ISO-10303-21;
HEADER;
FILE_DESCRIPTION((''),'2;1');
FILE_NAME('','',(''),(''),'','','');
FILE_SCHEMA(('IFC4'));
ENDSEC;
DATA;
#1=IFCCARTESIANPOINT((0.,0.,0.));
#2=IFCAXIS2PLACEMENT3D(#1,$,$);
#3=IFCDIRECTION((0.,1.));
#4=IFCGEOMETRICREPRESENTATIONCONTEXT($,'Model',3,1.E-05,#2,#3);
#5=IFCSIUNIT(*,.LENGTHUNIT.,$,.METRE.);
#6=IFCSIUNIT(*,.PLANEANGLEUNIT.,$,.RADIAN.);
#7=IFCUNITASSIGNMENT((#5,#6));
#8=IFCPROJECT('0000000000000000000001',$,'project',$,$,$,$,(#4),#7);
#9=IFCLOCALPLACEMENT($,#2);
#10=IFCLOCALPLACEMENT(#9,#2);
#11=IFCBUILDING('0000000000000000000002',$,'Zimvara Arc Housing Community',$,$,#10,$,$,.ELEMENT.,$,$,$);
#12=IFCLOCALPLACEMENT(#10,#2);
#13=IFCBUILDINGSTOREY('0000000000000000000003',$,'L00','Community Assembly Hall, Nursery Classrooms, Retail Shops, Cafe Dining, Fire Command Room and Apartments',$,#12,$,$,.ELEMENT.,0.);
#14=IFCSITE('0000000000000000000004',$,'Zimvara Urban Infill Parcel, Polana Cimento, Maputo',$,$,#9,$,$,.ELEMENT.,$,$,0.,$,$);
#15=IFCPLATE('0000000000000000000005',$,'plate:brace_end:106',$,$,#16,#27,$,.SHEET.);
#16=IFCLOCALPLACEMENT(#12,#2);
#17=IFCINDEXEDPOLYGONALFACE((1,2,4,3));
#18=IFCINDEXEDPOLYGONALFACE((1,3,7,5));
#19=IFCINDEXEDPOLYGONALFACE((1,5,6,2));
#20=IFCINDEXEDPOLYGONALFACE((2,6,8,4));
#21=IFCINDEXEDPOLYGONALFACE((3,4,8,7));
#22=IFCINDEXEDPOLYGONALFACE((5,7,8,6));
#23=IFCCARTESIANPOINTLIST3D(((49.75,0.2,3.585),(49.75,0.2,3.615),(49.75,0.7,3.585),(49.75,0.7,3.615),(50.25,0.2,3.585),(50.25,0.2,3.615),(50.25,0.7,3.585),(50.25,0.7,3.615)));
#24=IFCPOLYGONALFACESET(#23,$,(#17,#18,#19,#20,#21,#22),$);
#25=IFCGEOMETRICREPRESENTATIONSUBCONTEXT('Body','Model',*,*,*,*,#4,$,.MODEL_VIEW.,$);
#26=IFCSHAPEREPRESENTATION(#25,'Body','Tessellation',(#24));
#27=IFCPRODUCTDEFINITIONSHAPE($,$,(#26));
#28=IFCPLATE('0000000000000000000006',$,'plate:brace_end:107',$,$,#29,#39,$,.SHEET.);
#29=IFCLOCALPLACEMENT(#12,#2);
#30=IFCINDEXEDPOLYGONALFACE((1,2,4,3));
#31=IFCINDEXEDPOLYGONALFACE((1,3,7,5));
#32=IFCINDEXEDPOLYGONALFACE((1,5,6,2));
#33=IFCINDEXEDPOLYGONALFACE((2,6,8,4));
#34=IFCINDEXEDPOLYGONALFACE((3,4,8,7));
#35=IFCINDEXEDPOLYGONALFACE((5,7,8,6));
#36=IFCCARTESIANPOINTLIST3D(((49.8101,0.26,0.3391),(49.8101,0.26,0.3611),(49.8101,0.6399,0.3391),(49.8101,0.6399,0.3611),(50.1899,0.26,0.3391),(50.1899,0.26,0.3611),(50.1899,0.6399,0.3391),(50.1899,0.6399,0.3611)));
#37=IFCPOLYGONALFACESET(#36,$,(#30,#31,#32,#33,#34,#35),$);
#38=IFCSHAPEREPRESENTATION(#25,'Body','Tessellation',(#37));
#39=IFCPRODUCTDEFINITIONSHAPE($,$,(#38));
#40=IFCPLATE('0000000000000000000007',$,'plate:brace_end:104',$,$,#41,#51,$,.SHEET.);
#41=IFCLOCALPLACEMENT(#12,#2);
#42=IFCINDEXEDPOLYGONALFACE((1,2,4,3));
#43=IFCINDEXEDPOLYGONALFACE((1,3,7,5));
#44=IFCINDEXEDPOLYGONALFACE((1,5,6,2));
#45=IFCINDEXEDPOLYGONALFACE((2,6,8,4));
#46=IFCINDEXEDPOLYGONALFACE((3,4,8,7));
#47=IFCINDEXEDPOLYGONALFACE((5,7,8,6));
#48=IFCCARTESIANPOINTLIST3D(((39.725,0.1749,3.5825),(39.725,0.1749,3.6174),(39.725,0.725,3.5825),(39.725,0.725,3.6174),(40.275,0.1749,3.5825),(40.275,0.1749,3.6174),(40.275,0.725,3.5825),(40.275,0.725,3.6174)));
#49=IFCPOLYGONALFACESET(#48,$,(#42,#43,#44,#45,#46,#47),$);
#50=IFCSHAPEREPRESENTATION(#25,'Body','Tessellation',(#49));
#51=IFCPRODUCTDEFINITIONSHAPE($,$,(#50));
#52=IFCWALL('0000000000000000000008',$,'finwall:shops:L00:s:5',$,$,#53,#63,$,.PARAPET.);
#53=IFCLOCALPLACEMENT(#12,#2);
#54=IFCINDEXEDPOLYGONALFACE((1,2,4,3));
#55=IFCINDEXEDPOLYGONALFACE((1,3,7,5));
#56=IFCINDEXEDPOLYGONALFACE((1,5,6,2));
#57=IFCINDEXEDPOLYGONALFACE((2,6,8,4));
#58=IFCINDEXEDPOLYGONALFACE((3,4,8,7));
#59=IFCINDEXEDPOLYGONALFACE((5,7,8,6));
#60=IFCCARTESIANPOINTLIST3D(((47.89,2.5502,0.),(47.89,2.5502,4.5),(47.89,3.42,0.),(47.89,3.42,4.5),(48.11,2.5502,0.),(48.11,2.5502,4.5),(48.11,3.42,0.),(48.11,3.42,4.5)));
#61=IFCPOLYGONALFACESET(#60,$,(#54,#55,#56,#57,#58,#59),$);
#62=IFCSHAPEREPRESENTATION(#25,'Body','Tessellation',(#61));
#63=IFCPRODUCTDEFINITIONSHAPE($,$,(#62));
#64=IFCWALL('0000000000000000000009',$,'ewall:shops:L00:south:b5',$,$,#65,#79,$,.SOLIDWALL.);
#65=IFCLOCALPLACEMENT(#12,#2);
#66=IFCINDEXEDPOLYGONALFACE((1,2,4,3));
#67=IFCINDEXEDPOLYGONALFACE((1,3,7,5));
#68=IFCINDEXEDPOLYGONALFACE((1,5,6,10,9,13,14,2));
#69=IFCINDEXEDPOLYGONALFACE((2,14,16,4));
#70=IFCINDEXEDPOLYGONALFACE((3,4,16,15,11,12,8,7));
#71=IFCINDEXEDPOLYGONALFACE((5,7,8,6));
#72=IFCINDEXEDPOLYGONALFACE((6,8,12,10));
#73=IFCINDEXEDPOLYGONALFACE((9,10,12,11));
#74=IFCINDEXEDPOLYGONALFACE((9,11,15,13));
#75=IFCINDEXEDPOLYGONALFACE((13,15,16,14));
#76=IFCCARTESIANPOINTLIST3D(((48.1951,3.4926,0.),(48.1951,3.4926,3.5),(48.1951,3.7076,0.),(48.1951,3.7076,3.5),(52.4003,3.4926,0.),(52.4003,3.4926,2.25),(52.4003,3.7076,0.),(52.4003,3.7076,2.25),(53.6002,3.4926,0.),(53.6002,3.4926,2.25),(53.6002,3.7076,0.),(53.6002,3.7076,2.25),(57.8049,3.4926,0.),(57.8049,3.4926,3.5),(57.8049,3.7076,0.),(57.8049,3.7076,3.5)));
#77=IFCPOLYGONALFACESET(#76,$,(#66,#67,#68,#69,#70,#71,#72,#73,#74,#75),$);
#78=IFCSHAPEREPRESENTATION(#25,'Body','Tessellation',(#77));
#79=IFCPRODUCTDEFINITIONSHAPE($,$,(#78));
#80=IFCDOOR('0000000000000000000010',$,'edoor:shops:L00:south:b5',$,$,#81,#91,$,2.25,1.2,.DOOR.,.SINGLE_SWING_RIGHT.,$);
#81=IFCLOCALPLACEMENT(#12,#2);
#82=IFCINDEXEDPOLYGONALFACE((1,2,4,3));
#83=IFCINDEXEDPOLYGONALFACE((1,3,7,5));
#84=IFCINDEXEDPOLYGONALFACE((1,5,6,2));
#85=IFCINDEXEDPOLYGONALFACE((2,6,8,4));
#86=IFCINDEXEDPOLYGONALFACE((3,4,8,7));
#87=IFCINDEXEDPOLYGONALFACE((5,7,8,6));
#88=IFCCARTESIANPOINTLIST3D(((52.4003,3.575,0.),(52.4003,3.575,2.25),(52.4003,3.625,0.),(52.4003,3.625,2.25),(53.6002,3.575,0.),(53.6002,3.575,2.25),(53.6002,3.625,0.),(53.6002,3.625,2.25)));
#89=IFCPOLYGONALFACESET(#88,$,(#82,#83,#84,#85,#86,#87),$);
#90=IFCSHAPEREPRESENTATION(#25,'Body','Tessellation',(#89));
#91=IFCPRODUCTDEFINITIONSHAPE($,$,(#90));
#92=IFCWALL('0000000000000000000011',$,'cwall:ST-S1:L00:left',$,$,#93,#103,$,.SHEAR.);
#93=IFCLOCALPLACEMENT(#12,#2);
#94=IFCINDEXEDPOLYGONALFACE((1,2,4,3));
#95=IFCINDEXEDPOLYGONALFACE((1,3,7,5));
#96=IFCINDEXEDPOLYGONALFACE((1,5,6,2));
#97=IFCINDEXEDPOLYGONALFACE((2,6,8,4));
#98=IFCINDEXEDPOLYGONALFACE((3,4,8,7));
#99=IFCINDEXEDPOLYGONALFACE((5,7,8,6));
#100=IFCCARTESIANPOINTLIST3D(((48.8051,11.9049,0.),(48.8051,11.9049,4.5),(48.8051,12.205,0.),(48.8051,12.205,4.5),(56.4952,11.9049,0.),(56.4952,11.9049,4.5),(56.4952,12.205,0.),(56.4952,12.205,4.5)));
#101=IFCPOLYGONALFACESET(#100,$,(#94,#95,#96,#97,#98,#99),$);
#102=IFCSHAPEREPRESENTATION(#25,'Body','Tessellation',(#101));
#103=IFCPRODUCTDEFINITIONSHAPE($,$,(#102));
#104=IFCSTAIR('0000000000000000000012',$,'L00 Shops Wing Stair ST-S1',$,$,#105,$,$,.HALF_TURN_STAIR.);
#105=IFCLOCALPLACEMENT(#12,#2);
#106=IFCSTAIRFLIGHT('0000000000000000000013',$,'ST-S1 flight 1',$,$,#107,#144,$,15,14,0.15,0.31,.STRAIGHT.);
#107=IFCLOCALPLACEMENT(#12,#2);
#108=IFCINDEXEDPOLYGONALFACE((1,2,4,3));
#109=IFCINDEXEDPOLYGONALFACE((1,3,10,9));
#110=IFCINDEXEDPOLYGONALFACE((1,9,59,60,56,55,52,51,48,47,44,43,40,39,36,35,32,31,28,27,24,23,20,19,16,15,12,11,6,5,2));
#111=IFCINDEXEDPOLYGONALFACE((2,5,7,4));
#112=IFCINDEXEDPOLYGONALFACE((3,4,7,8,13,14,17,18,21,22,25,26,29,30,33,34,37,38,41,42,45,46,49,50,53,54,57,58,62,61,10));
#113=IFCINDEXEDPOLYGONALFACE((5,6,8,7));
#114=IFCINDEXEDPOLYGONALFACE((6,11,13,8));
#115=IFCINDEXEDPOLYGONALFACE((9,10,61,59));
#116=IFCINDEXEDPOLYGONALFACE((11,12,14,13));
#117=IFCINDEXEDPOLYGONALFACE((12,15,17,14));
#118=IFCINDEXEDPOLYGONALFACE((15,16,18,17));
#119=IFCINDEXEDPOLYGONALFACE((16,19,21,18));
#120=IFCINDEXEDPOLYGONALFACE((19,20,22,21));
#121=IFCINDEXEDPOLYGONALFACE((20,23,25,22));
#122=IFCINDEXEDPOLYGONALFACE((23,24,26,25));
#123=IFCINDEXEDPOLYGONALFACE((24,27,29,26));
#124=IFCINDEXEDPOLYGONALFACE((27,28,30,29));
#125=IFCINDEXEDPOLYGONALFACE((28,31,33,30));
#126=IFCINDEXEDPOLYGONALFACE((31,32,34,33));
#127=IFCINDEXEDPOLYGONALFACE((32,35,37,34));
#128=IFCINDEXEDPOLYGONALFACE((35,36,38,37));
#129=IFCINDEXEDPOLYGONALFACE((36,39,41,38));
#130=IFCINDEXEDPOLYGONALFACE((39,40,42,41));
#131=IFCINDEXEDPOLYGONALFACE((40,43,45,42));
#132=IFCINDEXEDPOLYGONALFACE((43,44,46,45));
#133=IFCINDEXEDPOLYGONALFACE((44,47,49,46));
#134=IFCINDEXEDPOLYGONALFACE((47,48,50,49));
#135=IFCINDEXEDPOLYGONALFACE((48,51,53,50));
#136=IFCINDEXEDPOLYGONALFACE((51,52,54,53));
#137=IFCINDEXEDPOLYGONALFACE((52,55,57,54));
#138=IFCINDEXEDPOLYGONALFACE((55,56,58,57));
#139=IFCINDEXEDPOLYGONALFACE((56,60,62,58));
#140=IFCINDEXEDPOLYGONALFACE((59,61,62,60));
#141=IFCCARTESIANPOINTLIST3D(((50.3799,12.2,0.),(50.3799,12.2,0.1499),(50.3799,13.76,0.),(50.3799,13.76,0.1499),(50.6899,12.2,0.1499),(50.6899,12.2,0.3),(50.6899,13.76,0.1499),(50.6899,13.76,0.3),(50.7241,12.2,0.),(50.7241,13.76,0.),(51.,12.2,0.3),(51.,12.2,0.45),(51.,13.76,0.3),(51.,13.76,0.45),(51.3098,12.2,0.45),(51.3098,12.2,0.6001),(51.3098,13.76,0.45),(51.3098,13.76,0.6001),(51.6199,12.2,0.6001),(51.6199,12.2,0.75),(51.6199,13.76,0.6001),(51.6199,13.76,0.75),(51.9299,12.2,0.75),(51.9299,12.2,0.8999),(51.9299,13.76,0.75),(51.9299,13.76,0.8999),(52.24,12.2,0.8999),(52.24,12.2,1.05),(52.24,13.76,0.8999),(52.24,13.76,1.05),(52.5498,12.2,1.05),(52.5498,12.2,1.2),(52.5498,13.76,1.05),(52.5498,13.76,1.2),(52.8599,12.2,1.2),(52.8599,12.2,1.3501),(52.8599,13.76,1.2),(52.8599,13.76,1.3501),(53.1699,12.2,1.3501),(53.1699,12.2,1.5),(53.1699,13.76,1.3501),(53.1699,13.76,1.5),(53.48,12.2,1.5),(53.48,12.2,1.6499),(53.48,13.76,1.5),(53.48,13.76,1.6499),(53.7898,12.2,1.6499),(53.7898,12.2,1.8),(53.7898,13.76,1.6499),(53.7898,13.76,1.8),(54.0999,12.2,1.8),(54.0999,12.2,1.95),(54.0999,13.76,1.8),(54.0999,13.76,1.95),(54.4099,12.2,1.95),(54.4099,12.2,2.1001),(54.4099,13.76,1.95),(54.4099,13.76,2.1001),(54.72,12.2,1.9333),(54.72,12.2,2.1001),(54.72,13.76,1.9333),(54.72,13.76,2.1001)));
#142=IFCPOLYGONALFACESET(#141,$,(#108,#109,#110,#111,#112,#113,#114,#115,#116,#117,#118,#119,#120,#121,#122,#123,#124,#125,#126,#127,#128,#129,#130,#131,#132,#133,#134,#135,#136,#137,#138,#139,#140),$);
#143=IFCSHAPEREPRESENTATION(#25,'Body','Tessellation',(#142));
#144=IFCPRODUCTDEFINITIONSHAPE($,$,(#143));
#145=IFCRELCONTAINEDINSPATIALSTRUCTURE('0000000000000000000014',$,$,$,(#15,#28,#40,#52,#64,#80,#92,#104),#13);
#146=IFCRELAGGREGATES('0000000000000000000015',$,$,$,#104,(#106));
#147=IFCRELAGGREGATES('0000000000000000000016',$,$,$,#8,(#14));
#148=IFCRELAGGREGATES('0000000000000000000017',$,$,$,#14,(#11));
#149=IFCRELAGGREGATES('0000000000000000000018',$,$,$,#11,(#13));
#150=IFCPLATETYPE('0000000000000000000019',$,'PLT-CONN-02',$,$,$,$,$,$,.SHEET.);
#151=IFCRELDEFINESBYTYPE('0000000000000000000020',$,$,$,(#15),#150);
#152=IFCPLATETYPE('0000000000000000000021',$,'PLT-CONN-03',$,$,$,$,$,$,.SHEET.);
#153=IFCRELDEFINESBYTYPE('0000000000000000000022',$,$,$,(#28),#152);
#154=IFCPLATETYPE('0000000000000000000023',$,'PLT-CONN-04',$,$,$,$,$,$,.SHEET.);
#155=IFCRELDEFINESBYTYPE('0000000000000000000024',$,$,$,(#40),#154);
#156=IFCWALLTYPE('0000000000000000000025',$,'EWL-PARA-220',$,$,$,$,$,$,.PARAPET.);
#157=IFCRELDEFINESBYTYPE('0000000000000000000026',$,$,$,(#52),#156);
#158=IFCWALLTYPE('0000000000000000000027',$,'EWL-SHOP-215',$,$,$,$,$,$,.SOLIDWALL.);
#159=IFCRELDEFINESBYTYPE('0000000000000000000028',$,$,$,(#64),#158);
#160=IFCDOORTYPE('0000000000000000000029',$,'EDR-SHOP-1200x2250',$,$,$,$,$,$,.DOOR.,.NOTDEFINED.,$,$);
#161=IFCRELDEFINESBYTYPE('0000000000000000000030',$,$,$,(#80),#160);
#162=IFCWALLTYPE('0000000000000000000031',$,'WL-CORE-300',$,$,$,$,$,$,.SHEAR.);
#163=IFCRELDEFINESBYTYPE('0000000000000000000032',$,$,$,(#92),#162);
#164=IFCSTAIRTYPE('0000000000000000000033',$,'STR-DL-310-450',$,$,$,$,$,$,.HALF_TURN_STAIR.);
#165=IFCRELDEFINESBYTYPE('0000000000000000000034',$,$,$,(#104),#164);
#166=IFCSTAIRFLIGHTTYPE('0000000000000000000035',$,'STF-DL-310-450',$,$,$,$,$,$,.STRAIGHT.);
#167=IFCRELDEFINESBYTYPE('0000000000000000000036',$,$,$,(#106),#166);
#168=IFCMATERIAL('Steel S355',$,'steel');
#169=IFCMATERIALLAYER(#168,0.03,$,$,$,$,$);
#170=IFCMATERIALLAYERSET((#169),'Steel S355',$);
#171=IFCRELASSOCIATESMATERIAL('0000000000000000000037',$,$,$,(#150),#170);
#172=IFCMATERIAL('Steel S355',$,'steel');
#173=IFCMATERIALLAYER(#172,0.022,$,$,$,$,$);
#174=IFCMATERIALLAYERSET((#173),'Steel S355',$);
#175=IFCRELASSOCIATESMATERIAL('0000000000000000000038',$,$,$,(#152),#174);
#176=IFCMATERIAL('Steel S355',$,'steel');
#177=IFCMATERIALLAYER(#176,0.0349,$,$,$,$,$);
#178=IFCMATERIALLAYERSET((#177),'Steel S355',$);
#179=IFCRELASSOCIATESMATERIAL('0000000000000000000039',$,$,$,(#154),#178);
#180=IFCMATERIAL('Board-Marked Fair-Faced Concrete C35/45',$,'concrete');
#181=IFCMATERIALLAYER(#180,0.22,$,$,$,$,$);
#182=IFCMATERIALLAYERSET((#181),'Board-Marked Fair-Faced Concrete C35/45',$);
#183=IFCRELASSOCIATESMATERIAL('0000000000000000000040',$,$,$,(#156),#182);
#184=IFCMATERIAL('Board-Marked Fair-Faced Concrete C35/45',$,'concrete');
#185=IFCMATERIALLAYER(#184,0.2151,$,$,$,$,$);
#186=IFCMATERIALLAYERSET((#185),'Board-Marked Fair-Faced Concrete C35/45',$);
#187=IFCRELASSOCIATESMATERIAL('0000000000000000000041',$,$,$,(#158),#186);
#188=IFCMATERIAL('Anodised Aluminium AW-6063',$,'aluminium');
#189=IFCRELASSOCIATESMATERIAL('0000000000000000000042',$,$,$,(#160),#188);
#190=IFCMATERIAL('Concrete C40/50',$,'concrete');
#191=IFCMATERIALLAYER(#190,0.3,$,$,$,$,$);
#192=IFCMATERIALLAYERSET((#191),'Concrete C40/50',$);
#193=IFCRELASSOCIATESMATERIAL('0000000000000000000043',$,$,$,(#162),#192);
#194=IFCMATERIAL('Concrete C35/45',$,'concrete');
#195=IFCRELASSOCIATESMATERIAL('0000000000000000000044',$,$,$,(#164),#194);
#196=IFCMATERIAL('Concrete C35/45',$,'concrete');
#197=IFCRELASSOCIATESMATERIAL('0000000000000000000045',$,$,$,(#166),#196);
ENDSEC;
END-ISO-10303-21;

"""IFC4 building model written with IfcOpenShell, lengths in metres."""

from ifc_helpers import new_model, si_unit, direction, frame, frame_2d, origin, origin_2d, place, context, subcontext, project, spatial, polyline, rectangle, outline, extrude, material, layer, layer_set, type_object, element, fill, aggregate, save


model = new_model("IFC4")

# Units and contexts
model_context = context("Model", 3, precision=1e-05, world=origin(), true_north=direction((0.0, 1.0)))
body_context = subcontext(model_context, "Body", "Model", "MODEL_VIEW")
ifc_project = project(units=[si_unit("LENGTHUNIT", "METRE"), si_unit("PLANEANGLEUNIT", "RADIAN")], contexts=[model_context])

# Site, building, storey
site_placement = place(None, origin())
site = spatial("IfcSite", under=ifc_project, at=site_placement, Name="Zimvara Urban Infill Parcel, Polana Cimento, Maputo", CompositionType="ELEMENT", RefElevation=0.0)
building_placement = place(site_placement, origin())
building = spatial("IfcBuilding", under=site, at=building_placement, Name="Zimvara Arc Housing Community", CompositionType="ELEMENT")
storey_placement = place(building_placement, origin())
storey = spatial("IfcBuildingStorey", under=building, at=storey_placement, Name="L00", Description="Community Assembly Hall, Nursery Classrooms, Retail Shops, Cafe Dining, Fire Command Room and Apartments", CompositionType="ELEMENT", Elevation=0.0)

# Plates
ifc_material_1 = material(Name="Steel S355", Category="steel")
ifc_layer_1 = layer(ifc_material_1, 0.03)
ifc_layer_set_1 = layer_set([ifc_layer_1], Name="Steel S355")
plate_type_1 = type_object("IfcPlateType", Name="PLT-CONN-02", PredefinedType="SHEET", material=ifc_layer_set_1)
plate_1_placement = place(storey_placement, frame((50.0, 0.45, 3.585), z_axis=(0.0, 0.0, 1.0), x_axis=(1.0, 0.0, 0.0)))
element("IfcPlate", 1, at=plate_1_placement, inside=storey, type_object=plate_type_1, Name="plate:brace_end:106", PredefinedType="SHEET", context=body_context, shape_type="SweptSolid", body=[
    extrude(rectangle(XDim=0.5, YDim=0.5, at=origin_2d()), origin(), (0.0, 0.0, 1.0), 0.03),
])
ifc_material_2 = material(Name="Steel S355", Category="steel")
ifc_layer_2 = layer(ifc_material_2, 0.022)
ifc_layer_set_2 = layer_set([ifc_layer_2], Name="Steel S355")
plate_type_2 = type_object("IfcPlateType", Name="PLT-CONN-03", PredefinedType="SHEET", material=ifc_layer_set_2)
plate_2_placement = place(storey_placement, frame((50.0, 0.45, 0.3391), z_axis=(0.0, 0.0, 1.0), x_axis=(1.0, 0.0, 0.0)))
element("IfcPlate", 2, at=plate_2_placement, inside=storey, type_object=plate_type_2, Name="plate:brace_end:107", PredefinedType="SHEET", context=body_context, shape_type="SweptSolid", body=[
    extrude(rectangle(XDim=0.3799, YDim=0.3799, at=origin_2d()), origin(), (0.0, 0.0, 1.0), 0.022),
])
ifc_material_3 = material(Name="Steel S355", Category="steel")
ifc_layer_3 = layer(ifc_material_3, 0.0349)
ifc_layer_set_3 = layer_set([ifc_layer_3], Name="Steel S355")
plate_type_3 = type_object("IfcPlateType", Name="PLT-CONN-04", PredefinedType="SHEET", material=ifc_layer_set_3)
plate_3_placement = place(storey_placement, frame((40.0, 0.45, 3.5825), z_axis=(0.0, 0.0, 1.0), x_axis=(1.0, 0.0, 0.0)))
element("IfcPlate", 3, at=plate_3_placement, inside=storey, type_object=plate_type_3, Name="plate:brace_end:104", PredefinedType="SHEET", context=body_context, shape_type="SweptSolid", body=[
    extrude(rectangle(XDim=0.55, YDim=0.55, at=origin_2d()), origin(), (0.0, 0.0, 1.0), 0.0349),
])

# Wall
ifc_material_4 = material(Name="Board-Marked Fair-Faced Concrete C35/45", Category="concrete")
ifc_layer_4 = layer(ifc_material_4, 0.22)
ifc_layer_set_4 = layer_set([ifc_layer_4], Name="Board-Marked Fair-Faced Concrete C35/45")
wall_type_1 = type_object("IfcWallType", Name="EWL-PARA-220", PredefinedType="PARAPET", material=ifc_layer_set_4)
wall_1_placement = place(storey_placement, frame((48.0, 2.55, 0.0), z_axis=(0.0, 0.0, 1.0), x_axis=(0.0, 1.0, 0.0)))
element("IfcWall", 4, at=wall_1_placement, inside=storey, type_object=wall_type_1, Name="finwall:shops:L00:s:5", PredefinedType="PARAPET", context=body_context, shape_type="SweptSolid", body=[
    extrude(rectangle(XDim=0.8699, YDim=0.22, at=frame_2d((0.4351, 0.0))), origin(), (0.0, 0.0, 1.0), 4.5),
])

# Wall, opening, door
ifc_material_5 = material(Name="Board-Marked Fair-Faced Concrete C35/45", Category="concrete")
ifc_layer_5 = layer(ifc_material_5, 0.2151)
ifc_layer_set_5 = layer_set([ifc_layer_5], Name="Board-Marked Fair-Faced Concrete C35/45")
wall_type_2 = type_object("IfcWallType", Name="EWL-SHOP-215", PredefinedType="SOLIDWALL", material=ifc_layer_set_5)
wall_2_placement = place(storey_placement, frame((48.1951, 3.6001, 0.0), z_axis=(0.0, 0.0, 1.0), x_axis=(1.0, 0.0, 0.0)))
wall_2 = element("IfcWall", 5, at=wall_2_placement, inside=storey, type_object=wall_type_2, Name="ewall:shops:L00:south:b5", PredefinedType="SOLIDWALL", context=body_context, shape_type="SweptSolid", body=[
    extrude(rectangle(XDim=9.6099, YDim=0.2151, at=frame_2d((4.8049, 0.0))), origin(), (0.0, 0.0, 1.0), 3.5),
])
opening_1_placement = place(wall_2_placement, frame((4.2051, 0.0, 0.0)))
opening_1 = element("IfcOpeningElement", 6, at=opening_1_placement, cuts=wall_2, PredefinedType="OPENING", context=body_context, shape_type="SweptSolid", body=[
    extrude(rectangle(XDim=1.2, YDim=2.25, at=frame_2d((0.6001, 1.125))), frame((0.0, 0.1174, 0.0), z_axis=(0.0, -1.0, 0.0), x_axis=(1.0, 0.0, 0.0)), (0.0, 0.0, 1.0), 0.2351),
])
ifc_material_6 = material(Name="Anodised Aluminium AW-6063", Category="aluminium")
door_type_1 = type_object("IfcDoorType", Name="EDR-SHOP-1200x2250", OperationType="NOTDEFINED", PredefinedType="DOOR", material=ifc_material_6)
door_1_placement = place(opening_1_placement, origin())
door_1 = element("IfcDoor", 7, at=door_1_placement, inside=storey, type_object=door_type_1, Name="edoor:shops:L00:south:b5", OperationType="SINGLE_SWING_RIGHT", OverallHeight=2.25, OverallWidth=1.2, PredefinedType="DOOR", context=body_context, shape_type="SweptSolid", body=[
    extrude(rectangle(XDim=1.2, YDim=2.25, at=frame_2d((0.6001, 1.125))), frame((0.0, 0.0249, 0.0), z_axis=(0.0, -1.0, 0.0), x_axis=(1.0, 0.0, 0.0)), (0.0, 0.0, 1.0), 0.05),
])
fill(opening_1, door_1)
ifc_material_7 = material(Name="Concrete C40/50", Category="concrete")
ifc_layer_6 = layer(ifc_material_7, 0.3)
ifc_layer_set_6 = layer_set([ifc_layer_6], Name="Concrete C40/50")
wall_type_3 = type_object("IfcWallType", Name="WL-CORE-300", PredefinedType="SHEAR", material=ifc_layer_set_6)

# Wall
wall_3_placement = place(storey_placement, frame((48.8049, 12.0549, 0.0), z_axis=(0.0, 0.0, 1.0), x_axis=(1.0, 0.0, 0.0)))
element("IfcWall", 8, at=wall_3_placement, inside=storey, type_object=wall_type_3, Name="cwall:ST-S1:L00:left", PredefinedType="SHEAR", context=body_context, shape_type="SweptSolid", body=[
    extrude(rectangle(XDim=7.6902, YDim=0.3, at=frame_2d((3.8452, 0.0))), origin(), (0.0, 0.0, 1.0), 4.5),
])

# Stair, stair flight
ifc_material_8 = material(Name="Concrete C35/45", Category="concrete")
stair_type = type_object("IfcStairType", Name="STR-DL-310-450", PredefinedType="HALF_TURN_STAIR", material=ifc_material_8)
stair_placement = place(storey_placement, origin())
stair = element("IfcStair", 9, at=stair_placement, inside=storey, type_object=stair_type, Name="L00 Shops Wing Stair ST-S1", PredefinedType="HALF_TURN_STAIR")
ifc_material_9 = material(Name="Concrete C35/45", Category="concrete")
stair_flight_type = type_object("IfcStairFlightType", Name="STF-DL-310-450", PredefinedType="STRAIGHT", material=ifc_material_9)
stair_flight_placement = place(storey_placement, frame((50.3799, 12.98, 0.0), z_axis=(0.0, 0.0, 1.0), x_axis=(1.0, 0.0, 0.0)))
stair_flight = element("IfcStairFlight", 10, at=stair_flight_placement, type_object=stair_flight_type, Name="ST-S1 flight 1", NumberOfRisers=15, NumberOfTreads=14, PredefinedType="STRAIGHT", RiserHeight=0.15, TreadLength=0.31, context=body_context, shape_type="SweptSolid", body=[
    extrude(outline(polyline([(0.0, 0.0), (0.0, 0.1499), (0.3101, 0.1499), (0.3101, 0.3), (0.6201, 0.3), (0.6201, 0.45), (0.9299, 0.45), (0.9299, 0.6001), (1.24, 0.6001), (1.24, 0.75), (1.55, 0.75), (1.55, 0.8999), (1.8601, 0.8999), (1.8601, 1.05), (2.1699, 1.05), (2.1699, 1.2), (2.48, 1.2), (2.48, 1.3501), (2.79, 1.3501), (2.79, 1.5), (3.1001, 1.5), (3.1001, 1.6499), (3.4099, 1.6499), (3.4099, 1.8), (3.72, 1.8), (3.72, 1.95), (4.03, 1.95), (4.03, 2.1001), (4.3401, 2.1001), (4.3401, 2.25), (4.3401, 1.9333), (0.3442, 0.0), (0.0, 0.0)])), frame((0.0, 0.78, 0.0), z_axis=(0.0, -1.0, 0.0), x_axis=(1.0, 0.0, 0.0)), (0.0, 0.0, 1.0), 1.5601),
])
aggregate(stair, [stair_flight])

save(model, "model.ifc")
